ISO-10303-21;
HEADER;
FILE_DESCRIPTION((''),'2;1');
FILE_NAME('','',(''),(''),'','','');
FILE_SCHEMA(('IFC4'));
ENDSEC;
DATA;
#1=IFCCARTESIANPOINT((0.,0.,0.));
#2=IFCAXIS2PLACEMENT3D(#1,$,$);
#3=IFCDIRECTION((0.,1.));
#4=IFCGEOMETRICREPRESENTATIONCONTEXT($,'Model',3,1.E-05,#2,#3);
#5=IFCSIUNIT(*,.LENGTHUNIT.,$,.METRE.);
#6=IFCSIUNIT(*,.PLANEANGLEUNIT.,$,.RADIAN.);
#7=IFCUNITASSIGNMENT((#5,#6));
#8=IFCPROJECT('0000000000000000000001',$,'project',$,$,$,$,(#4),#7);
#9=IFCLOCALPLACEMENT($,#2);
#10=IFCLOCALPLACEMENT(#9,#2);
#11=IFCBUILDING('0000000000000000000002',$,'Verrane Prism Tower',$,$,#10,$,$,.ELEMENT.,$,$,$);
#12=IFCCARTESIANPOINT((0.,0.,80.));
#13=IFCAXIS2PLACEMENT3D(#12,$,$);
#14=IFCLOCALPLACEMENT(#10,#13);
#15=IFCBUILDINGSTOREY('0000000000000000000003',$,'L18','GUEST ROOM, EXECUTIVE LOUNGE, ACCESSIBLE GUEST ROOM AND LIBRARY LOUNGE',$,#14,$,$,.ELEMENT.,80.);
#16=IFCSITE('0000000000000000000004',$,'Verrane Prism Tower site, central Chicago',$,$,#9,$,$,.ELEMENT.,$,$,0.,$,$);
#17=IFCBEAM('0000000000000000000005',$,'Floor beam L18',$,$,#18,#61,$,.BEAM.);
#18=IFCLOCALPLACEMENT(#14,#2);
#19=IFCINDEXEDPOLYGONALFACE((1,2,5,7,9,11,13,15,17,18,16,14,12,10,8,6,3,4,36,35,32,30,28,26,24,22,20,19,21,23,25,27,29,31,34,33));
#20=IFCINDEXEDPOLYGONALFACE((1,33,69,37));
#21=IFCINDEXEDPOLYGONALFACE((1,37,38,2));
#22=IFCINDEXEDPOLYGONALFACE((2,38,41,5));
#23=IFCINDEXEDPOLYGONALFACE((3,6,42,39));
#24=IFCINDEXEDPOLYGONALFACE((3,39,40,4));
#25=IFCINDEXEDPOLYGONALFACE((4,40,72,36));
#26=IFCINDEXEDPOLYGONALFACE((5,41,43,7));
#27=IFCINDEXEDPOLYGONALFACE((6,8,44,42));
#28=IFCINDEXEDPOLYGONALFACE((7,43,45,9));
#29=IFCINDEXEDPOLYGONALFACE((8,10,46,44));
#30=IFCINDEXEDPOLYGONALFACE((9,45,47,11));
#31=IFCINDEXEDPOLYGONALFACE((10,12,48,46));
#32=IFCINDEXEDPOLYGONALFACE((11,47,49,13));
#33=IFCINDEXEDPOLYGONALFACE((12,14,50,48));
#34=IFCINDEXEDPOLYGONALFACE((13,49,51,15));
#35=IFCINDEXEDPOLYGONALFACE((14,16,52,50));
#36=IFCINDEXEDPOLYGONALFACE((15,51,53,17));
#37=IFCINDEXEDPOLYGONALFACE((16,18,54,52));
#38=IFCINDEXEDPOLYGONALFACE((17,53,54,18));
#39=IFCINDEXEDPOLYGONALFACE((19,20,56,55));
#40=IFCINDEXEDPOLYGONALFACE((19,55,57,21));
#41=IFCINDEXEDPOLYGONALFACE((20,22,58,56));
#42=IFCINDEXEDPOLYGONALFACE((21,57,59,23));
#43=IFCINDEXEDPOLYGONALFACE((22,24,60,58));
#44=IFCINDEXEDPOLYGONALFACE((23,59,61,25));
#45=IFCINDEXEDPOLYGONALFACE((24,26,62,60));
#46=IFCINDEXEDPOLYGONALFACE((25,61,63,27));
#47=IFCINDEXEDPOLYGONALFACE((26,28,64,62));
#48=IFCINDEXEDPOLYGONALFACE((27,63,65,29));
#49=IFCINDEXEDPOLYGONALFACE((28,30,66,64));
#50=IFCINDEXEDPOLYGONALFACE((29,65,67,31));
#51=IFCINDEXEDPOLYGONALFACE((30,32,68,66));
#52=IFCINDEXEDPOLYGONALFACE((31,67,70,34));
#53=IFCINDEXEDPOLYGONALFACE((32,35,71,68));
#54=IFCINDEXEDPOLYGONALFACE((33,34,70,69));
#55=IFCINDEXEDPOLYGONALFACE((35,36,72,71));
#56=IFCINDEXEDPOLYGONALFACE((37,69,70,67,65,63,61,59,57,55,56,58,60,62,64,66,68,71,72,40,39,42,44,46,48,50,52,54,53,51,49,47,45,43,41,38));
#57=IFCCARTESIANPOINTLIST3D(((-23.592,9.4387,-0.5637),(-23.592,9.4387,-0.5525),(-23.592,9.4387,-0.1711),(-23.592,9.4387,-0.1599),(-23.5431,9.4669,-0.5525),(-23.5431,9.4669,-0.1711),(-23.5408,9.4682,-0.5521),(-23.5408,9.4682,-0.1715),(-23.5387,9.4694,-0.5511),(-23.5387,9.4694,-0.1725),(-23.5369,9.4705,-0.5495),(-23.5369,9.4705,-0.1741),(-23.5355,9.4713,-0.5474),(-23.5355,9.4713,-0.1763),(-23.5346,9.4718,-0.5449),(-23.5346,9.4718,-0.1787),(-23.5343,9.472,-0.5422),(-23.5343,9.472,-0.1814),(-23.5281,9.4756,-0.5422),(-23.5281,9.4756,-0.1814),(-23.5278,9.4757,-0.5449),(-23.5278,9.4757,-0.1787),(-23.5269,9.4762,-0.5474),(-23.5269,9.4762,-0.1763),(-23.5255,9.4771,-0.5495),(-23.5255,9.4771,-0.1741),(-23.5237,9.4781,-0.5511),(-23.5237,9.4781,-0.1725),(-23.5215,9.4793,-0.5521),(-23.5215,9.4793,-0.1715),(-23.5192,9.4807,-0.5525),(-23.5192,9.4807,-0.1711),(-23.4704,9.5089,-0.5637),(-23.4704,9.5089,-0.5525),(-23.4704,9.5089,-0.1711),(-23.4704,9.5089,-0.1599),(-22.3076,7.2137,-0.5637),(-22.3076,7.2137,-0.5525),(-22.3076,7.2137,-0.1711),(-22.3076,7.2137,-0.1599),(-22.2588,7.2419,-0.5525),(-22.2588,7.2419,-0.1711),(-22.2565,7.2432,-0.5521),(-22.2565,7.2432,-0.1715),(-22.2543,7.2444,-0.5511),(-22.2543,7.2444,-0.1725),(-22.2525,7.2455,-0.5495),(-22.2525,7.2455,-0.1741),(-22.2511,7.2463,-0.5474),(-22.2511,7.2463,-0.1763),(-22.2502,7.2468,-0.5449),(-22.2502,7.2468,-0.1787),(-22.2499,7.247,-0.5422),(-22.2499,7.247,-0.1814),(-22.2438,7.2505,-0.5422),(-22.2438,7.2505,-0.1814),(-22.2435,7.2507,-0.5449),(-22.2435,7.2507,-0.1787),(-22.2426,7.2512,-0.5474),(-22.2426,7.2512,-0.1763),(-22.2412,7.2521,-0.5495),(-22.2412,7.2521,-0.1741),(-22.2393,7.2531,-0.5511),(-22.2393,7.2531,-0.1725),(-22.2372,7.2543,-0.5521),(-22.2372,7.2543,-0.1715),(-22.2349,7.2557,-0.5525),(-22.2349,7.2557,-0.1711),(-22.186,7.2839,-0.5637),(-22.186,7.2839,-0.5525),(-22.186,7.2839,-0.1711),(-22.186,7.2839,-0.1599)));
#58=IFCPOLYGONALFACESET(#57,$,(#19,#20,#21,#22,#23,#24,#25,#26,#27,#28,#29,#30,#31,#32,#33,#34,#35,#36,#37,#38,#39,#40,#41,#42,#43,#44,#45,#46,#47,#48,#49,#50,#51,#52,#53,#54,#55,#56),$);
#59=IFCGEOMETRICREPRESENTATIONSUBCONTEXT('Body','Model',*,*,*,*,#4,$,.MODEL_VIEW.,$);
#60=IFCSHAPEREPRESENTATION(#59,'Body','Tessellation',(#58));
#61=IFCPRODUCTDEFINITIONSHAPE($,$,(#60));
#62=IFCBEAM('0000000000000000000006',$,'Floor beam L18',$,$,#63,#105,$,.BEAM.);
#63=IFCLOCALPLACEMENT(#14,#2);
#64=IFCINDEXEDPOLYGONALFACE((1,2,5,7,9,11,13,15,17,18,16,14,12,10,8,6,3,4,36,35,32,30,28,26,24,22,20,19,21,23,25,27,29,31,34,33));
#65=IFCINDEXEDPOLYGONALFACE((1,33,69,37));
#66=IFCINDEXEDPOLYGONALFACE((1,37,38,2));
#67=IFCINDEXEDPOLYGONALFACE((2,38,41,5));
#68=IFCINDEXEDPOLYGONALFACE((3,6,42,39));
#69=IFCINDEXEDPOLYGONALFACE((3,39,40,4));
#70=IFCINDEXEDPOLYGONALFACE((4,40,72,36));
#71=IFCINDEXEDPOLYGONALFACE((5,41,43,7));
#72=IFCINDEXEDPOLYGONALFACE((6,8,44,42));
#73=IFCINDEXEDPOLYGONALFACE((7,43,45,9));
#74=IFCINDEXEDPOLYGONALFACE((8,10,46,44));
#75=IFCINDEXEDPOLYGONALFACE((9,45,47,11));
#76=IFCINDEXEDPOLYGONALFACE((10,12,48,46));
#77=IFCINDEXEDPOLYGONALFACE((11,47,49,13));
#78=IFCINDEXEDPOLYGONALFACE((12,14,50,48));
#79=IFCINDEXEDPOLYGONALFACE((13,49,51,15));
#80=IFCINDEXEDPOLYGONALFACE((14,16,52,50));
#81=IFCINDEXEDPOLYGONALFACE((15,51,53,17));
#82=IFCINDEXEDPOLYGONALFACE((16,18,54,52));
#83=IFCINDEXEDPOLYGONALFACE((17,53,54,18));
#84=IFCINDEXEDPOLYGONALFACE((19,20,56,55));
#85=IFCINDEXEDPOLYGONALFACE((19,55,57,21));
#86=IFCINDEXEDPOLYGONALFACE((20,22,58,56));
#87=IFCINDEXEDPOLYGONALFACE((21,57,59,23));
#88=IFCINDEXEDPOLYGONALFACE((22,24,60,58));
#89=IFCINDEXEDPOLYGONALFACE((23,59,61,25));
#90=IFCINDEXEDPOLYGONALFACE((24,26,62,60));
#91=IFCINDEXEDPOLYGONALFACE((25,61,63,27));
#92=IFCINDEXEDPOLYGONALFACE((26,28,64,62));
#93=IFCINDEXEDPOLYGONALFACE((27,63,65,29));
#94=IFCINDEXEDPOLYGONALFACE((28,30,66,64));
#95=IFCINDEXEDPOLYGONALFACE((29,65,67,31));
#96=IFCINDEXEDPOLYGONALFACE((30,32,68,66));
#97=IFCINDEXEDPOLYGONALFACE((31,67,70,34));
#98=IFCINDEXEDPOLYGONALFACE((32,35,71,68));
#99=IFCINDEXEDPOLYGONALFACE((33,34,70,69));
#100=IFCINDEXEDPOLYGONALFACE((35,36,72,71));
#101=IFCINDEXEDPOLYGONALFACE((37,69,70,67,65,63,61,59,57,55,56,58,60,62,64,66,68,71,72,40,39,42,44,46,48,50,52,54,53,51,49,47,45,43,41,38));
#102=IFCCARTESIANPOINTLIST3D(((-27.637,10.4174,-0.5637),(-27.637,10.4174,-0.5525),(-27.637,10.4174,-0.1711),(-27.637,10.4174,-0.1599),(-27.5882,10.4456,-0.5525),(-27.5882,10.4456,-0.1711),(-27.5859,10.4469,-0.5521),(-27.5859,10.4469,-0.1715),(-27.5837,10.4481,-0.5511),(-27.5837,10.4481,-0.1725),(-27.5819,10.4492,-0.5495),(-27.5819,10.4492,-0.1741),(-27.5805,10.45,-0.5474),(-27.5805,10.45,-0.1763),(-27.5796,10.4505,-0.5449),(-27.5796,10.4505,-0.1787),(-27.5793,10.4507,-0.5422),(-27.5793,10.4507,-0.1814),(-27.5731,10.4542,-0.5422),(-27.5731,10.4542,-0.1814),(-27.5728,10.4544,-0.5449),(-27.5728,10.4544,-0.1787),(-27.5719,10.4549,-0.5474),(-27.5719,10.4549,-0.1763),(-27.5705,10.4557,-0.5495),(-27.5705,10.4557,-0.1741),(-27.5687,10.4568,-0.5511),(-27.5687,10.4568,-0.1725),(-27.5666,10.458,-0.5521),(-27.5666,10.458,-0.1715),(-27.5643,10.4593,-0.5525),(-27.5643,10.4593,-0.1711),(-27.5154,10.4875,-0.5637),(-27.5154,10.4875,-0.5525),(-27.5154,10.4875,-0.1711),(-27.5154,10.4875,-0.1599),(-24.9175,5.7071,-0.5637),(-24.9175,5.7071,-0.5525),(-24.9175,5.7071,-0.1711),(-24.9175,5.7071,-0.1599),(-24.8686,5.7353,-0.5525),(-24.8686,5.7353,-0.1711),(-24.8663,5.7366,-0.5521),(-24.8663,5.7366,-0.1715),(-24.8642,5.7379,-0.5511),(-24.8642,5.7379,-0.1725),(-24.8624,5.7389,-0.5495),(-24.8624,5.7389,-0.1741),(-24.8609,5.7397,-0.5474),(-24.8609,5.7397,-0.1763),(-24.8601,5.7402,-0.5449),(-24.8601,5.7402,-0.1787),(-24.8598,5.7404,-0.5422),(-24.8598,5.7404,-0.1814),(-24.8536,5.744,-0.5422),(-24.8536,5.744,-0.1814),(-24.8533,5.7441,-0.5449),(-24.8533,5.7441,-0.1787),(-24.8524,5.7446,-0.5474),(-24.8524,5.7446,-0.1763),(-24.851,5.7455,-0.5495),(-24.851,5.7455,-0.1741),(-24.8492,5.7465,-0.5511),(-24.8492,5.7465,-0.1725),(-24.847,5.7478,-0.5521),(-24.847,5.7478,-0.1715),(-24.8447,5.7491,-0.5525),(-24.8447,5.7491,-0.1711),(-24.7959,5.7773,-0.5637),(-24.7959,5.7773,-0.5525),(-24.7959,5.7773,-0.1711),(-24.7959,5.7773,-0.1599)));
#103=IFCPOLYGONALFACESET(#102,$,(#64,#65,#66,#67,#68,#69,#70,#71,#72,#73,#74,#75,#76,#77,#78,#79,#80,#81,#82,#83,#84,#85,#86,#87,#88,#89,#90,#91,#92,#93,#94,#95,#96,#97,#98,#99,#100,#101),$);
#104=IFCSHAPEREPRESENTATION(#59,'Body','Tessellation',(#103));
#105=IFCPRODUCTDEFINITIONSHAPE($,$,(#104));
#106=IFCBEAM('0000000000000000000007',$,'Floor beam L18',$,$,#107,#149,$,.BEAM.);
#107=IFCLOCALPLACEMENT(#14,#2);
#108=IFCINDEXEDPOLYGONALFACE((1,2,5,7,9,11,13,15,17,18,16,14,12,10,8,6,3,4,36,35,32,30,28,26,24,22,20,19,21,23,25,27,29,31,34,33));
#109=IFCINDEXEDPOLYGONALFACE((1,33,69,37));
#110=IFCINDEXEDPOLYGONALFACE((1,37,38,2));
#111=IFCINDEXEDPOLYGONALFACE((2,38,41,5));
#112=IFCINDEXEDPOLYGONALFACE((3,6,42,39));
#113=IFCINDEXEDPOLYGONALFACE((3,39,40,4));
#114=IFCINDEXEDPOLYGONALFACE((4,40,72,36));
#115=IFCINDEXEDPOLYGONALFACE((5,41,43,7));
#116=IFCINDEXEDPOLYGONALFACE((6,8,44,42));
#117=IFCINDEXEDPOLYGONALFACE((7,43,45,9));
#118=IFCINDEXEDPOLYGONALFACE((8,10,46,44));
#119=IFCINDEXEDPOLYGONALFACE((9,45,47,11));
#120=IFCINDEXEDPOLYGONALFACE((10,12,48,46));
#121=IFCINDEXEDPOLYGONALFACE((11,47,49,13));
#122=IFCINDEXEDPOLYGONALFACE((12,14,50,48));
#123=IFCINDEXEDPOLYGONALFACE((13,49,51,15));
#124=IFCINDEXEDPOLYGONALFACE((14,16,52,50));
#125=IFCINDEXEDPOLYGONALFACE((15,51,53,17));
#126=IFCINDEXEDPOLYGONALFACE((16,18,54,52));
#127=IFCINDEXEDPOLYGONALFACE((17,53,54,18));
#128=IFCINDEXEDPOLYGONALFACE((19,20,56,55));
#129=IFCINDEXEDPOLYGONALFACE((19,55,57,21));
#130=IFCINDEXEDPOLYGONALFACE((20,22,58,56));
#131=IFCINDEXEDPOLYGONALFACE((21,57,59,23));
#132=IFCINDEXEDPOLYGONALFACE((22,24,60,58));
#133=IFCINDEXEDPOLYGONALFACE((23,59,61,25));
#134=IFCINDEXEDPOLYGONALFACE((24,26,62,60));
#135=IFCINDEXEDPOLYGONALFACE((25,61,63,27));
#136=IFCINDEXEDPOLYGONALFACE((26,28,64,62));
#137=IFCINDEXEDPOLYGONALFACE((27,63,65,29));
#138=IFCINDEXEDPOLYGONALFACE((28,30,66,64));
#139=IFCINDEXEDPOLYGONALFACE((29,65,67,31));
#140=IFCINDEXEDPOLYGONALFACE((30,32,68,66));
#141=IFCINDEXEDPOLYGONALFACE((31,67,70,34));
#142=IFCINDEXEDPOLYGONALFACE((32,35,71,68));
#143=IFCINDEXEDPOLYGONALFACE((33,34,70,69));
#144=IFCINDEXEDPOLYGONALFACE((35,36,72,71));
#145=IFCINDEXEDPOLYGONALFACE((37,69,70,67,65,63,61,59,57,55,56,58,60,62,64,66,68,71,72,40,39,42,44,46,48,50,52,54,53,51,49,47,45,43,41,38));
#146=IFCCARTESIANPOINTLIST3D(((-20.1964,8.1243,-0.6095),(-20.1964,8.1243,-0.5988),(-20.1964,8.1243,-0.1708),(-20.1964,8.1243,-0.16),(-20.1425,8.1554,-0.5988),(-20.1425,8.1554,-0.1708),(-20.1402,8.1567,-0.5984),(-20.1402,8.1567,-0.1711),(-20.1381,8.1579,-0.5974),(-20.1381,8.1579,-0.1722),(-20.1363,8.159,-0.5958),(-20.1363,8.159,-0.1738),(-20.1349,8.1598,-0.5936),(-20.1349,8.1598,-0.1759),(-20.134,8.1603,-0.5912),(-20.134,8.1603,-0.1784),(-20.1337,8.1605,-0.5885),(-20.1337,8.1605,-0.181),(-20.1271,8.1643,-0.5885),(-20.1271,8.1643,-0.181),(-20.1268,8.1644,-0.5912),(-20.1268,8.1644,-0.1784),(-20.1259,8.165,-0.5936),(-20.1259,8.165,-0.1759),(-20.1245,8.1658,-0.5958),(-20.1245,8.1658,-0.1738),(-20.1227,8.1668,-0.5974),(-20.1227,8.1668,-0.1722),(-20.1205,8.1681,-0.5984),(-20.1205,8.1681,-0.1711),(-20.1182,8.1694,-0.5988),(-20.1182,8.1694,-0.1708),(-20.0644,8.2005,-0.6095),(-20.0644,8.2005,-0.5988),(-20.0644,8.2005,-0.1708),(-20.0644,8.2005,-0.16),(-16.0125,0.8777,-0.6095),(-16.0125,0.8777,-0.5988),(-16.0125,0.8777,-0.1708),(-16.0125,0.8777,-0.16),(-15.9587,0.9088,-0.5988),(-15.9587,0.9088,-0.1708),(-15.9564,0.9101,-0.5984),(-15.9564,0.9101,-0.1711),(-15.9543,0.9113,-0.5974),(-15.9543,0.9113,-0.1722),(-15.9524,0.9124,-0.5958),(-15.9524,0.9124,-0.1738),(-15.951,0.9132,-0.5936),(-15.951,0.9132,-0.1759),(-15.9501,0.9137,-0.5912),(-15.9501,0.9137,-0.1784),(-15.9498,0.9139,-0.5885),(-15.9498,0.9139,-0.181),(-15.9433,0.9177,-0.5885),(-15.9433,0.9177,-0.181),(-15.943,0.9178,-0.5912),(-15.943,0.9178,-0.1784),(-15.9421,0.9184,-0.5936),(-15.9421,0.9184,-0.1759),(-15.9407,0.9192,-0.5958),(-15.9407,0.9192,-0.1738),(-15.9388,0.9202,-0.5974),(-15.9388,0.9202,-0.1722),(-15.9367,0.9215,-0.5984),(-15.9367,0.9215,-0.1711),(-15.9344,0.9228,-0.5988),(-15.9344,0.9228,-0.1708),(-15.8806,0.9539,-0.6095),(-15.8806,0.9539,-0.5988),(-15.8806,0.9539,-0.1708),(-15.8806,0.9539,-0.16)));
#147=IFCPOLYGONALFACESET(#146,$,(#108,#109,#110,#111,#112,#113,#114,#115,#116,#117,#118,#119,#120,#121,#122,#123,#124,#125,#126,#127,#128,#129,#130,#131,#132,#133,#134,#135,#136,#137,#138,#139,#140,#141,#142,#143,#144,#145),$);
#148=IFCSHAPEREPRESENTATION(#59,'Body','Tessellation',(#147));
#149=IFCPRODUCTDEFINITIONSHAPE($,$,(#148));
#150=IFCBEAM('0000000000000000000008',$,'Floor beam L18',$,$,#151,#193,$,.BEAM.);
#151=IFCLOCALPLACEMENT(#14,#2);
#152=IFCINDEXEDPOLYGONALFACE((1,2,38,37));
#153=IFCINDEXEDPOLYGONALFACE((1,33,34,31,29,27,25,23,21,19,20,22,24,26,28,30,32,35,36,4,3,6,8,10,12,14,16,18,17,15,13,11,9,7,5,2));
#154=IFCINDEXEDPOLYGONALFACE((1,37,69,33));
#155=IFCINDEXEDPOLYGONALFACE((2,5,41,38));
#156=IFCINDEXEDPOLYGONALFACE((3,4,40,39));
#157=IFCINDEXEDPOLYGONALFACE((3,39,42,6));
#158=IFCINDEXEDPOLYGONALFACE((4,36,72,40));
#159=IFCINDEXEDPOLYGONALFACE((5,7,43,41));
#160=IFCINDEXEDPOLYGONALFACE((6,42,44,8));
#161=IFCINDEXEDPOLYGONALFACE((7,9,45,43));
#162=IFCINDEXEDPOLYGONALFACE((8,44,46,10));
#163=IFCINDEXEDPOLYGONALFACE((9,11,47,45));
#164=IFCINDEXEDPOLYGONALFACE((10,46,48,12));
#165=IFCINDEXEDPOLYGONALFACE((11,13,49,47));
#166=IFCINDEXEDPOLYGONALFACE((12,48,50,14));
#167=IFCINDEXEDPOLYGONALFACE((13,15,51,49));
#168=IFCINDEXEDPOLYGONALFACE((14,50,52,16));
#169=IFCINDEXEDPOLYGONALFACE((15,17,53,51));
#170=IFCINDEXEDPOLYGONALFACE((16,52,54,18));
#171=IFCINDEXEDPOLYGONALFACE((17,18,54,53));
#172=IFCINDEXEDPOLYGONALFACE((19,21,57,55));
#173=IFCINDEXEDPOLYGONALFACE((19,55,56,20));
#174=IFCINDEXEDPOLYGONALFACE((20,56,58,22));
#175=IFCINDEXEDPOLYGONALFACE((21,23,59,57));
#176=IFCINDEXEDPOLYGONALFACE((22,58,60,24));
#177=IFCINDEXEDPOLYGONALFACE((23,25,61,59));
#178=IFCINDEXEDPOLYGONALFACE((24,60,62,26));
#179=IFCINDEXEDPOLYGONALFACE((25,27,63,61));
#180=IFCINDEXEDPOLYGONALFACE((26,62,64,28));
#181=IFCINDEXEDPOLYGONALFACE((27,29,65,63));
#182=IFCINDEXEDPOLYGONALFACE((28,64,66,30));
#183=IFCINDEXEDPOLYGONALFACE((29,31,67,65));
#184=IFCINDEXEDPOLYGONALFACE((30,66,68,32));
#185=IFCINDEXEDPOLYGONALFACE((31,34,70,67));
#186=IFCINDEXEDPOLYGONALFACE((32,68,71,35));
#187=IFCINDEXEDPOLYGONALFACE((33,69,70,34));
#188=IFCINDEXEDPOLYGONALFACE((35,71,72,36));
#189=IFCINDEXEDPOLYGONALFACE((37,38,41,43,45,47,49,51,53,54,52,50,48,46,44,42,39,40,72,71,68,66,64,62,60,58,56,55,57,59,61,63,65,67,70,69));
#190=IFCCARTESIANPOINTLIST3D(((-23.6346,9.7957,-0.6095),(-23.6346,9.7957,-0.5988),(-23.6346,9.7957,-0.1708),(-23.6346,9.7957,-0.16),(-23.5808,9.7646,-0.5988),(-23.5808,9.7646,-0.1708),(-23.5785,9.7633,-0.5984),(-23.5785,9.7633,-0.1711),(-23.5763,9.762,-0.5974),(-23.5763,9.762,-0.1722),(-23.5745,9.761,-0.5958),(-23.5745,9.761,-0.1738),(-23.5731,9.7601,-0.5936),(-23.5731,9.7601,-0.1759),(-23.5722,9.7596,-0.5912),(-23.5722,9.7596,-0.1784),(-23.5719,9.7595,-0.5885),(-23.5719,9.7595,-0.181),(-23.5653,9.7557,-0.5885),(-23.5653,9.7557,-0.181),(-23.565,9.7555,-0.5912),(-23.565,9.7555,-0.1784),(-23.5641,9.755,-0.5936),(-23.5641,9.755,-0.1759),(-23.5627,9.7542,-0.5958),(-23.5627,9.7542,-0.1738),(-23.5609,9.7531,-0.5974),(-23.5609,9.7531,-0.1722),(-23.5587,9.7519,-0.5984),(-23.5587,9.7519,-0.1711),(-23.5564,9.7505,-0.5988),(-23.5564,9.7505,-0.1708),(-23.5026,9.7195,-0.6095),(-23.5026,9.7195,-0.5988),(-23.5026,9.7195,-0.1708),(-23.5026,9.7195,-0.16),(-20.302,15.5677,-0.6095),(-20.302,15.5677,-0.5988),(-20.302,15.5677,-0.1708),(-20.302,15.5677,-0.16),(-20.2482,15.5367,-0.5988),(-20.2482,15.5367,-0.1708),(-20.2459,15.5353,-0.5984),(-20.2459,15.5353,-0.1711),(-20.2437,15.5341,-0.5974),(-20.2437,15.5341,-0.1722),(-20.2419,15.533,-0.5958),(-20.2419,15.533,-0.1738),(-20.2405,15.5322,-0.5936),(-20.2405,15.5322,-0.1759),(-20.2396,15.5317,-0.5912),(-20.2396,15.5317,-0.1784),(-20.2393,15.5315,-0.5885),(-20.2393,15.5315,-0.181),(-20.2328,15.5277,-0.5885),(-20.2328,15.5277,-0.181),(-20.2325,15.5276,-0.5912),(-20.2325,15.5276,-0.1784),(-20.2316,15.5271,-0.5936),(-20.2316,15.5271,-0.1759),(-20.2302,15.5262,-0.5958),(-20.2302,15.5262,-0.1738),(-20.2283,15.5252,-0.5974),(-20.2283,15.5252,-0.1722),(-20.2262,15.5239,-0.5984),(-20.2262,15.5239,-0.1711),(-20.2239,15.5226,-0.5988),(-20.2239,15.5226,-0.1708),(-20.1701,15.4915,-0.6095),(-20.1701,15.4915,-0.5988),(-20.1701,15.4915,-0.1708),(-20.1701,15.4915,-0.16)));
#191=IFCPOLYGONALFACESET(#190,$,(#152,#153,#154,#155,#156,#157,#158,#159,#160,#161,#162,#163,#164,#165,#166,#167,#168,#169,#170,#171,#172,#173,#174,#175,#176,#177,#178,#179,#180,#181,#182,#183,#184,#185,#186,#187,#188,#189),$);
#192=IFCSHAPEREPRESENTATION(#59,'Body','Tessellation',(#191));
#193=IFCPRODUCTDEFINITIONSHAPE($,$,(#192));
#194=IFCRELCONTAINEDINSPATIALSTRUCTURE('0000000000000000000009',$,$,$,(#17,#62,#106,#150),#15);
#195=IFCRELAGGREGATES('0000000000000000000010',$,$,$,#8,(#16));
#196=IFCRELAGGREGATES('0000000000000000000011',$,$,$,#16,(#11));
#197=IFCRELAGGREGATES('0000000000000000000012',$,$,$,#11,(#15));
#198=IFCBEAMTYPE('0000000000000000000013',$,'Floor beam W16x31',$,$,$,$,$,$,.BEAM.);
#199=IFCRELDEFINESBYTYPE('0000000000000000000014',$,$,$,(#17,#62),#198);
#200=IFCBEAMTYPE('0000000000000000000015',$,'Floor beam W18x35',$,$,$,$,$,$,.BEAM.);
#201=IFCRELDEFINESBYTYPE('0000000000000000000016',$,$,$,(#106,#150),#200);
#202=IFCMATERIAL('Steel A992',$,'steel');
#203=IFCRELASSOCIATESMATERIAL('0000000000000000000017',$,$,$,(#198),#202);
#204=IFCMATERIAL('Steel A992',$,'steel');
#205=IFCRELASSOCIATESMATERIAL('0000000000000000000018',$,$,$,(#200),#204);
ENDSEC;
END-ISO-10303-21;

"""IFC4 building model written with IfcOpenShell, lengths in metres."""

from ifc_helpers import new_model, si_unit, direction, frame, origin, origin_2d, place, context, subcontext, project, spatial, i_section, extrude, material, material_profile, profile_set, type_object, element, save


model = new_model("IFC4")

# Units and contexts
model_context = context("Model", 3, precision=1e-05, world=origin(), true_north=direction((0.0, 1.0)))
body_context = subcontext(model_context, "Body", "Model", "MODEL_VIEW")
ifc_project = project(units=[si_unit("LENGTHUNIT", "METRE"), si_unit("PLANEANGLEUNIT", "RADIAN")], contexts=[model_context])

# Site, building, storey
site_placement = place(None, origin())
site = spatial("IfcSite", under=ifc_project, at=site_placement, Name="Verrane Prism Tower site, central Chicago", CompositionType="ELEMENT", RefElevation=0.0)
building_placement = place(site_placement, origin())
building = spatial("IfcBuilding", under=site, at=building_placement, Name="Verrane Prism Tower", CompositionType="ELEMENT")
storey_placement = place(building_placement, frame((0.0, 0.0, 80.0)))
storey = spatial("IfcBuildingStorey", under=building, at=storey_placement, Name="L18", Description="GUEST ROOM, EXECUTIVE LOUNGE, ACCESSIBLE GUEST ROOM AND LIBRARY LOUNGE", CompositionType="ELEMENT", Elevation=80.0)

# Beams
ifc_material_1 = material(Name="Steel A992", Category="steel")
ifc_material_profile_1 = material_profile(ifc_material_1, i_section(OverallWidth=0.1404, OverallDepth=0.4038, WebThickness=0.0071, FlangeThickness=0.0112, FilletRadius=0.0103, at=origin_2d()), Name="W16x31")
ifc_profile_set_1 = profile_set([ifc_material_profile_1], Name="Steel A992")
beam_type_1 = type_object("IfcBeamType", Name="Floor beam W16x31", PredefinedType="BEAM", material=ifc_profile_set_1)
beam_1_placement = place(storey_placement, frame((-22.2468, 7.2488, -0.3618), z_axis=(-0.499931, 0.866065, 0.0), x_axis=(-0.866065, -0.499931, 0.0)))
element("IfcBeam", 1, at=beam_1_placement, inside=storey, type_object=beam_type_1, Name="Floor beam L18", PredefinedType="BEAM", context=body_context, shape_type="SweptSolid", body=[
    extrude(i_section(OverallWidth=0.1404, OverallDepth=0.4038, WebThickness=0.0071, FlangeThickness=0.0112, FilletRadius=0.0103, at=origin_2d()), origin(), (0.0, 0.0, 1.0), 2.5691),
])
beam_2_placement = place(storey_placement, frame((-24.8567, 5.7422, -0.3618), z_axis=(-0.500006, 0.866022, 0.0), x_axis=(-0.866022, -0.500006, 0.0)))
element("IfcBeam", 2, at=beam_2_placement, inside=storey, type_object=beam_type_1, Name="Floor beam L18", PredefinedType="BEAM", context=body_context, shape_type="SweptSolid", body=[
    extrude(i_section(OverallWidth=0.1404, OverallDepth=0.4038, WebThickness=0.0071, FlangeThickness=0.0112, FilletRadius=0.0103, at=origin_2d()), origin(), (0.0, 0.0, 1.0), 5.439),
])
ifc_material_2 = material(Name="Steel A992", Category="steel")
ifc_material_profile_2 = material_profile(ifc_material_2, i_section(OverallWidth=0.1523, OverallDepth=0.4495, WebThickness=0.0076, FlangeThickness=0.0107, FilletRadius=0.0103, at=origin_2d()), Name="W18x35")
ifc_profile_set_2 = profile_set([ifc_material_profile_2], Name="Steel A992")
beam_type_2 = type_object("IfcBeamType", Name="Floor beam W18x35", PredefinedType="BEAM", material=ifc_profile_set_2)
beam_3_placement = place(storey_placement, frame((-15.9465, 0.9158, -0.3848), z_axis=(-0.500002, 0.866024, 0.0), x_axis=(-0.866024, -0.500002, 0.0)))
element("IfcBeam", 3, at=beam_3_placement, inside=storey, type_object=beam_type_2, Name="Floor beam L18", PredefinedType="BEAM", context=body_context, shape_type="SweptSolid", body=[
    extrude(i_section(OverallWidth=0.1523, OverallDepth=0.4495, WebThickness=0.0076, FlangeThickness=0.0107, FilletRadius=0.0103, at=origin_2d()), origin(), (0.0, 0.0, 1.0), 8.3677),
])
beam_4_placement = place(storey_placement, frame((-23.5686, 9.7576, -0.3848), z_axis=(0.500008, 0.866021, 0.0), x_axis=(-0.866021, 0.500008, 0.0)))
element("IfcBeam", 4, at=beam_4_placement, inside=storey, type_object=beam_type_2, Name="Floor beam L18", PredefinedType="BEAM", context=body_context, shape_type="SweptSolid", body=[
    extrude(i_section(OverallWidth=0.1523, OverallDepth=0.4495, WebThickness=0.0076, FlangeThickness=0.0107, FilletRadius=0.0103, at=origin_2d()), origin(), (0.0, 0.0, 1.0), 6.665),
])

save(model, "model.ifc")
